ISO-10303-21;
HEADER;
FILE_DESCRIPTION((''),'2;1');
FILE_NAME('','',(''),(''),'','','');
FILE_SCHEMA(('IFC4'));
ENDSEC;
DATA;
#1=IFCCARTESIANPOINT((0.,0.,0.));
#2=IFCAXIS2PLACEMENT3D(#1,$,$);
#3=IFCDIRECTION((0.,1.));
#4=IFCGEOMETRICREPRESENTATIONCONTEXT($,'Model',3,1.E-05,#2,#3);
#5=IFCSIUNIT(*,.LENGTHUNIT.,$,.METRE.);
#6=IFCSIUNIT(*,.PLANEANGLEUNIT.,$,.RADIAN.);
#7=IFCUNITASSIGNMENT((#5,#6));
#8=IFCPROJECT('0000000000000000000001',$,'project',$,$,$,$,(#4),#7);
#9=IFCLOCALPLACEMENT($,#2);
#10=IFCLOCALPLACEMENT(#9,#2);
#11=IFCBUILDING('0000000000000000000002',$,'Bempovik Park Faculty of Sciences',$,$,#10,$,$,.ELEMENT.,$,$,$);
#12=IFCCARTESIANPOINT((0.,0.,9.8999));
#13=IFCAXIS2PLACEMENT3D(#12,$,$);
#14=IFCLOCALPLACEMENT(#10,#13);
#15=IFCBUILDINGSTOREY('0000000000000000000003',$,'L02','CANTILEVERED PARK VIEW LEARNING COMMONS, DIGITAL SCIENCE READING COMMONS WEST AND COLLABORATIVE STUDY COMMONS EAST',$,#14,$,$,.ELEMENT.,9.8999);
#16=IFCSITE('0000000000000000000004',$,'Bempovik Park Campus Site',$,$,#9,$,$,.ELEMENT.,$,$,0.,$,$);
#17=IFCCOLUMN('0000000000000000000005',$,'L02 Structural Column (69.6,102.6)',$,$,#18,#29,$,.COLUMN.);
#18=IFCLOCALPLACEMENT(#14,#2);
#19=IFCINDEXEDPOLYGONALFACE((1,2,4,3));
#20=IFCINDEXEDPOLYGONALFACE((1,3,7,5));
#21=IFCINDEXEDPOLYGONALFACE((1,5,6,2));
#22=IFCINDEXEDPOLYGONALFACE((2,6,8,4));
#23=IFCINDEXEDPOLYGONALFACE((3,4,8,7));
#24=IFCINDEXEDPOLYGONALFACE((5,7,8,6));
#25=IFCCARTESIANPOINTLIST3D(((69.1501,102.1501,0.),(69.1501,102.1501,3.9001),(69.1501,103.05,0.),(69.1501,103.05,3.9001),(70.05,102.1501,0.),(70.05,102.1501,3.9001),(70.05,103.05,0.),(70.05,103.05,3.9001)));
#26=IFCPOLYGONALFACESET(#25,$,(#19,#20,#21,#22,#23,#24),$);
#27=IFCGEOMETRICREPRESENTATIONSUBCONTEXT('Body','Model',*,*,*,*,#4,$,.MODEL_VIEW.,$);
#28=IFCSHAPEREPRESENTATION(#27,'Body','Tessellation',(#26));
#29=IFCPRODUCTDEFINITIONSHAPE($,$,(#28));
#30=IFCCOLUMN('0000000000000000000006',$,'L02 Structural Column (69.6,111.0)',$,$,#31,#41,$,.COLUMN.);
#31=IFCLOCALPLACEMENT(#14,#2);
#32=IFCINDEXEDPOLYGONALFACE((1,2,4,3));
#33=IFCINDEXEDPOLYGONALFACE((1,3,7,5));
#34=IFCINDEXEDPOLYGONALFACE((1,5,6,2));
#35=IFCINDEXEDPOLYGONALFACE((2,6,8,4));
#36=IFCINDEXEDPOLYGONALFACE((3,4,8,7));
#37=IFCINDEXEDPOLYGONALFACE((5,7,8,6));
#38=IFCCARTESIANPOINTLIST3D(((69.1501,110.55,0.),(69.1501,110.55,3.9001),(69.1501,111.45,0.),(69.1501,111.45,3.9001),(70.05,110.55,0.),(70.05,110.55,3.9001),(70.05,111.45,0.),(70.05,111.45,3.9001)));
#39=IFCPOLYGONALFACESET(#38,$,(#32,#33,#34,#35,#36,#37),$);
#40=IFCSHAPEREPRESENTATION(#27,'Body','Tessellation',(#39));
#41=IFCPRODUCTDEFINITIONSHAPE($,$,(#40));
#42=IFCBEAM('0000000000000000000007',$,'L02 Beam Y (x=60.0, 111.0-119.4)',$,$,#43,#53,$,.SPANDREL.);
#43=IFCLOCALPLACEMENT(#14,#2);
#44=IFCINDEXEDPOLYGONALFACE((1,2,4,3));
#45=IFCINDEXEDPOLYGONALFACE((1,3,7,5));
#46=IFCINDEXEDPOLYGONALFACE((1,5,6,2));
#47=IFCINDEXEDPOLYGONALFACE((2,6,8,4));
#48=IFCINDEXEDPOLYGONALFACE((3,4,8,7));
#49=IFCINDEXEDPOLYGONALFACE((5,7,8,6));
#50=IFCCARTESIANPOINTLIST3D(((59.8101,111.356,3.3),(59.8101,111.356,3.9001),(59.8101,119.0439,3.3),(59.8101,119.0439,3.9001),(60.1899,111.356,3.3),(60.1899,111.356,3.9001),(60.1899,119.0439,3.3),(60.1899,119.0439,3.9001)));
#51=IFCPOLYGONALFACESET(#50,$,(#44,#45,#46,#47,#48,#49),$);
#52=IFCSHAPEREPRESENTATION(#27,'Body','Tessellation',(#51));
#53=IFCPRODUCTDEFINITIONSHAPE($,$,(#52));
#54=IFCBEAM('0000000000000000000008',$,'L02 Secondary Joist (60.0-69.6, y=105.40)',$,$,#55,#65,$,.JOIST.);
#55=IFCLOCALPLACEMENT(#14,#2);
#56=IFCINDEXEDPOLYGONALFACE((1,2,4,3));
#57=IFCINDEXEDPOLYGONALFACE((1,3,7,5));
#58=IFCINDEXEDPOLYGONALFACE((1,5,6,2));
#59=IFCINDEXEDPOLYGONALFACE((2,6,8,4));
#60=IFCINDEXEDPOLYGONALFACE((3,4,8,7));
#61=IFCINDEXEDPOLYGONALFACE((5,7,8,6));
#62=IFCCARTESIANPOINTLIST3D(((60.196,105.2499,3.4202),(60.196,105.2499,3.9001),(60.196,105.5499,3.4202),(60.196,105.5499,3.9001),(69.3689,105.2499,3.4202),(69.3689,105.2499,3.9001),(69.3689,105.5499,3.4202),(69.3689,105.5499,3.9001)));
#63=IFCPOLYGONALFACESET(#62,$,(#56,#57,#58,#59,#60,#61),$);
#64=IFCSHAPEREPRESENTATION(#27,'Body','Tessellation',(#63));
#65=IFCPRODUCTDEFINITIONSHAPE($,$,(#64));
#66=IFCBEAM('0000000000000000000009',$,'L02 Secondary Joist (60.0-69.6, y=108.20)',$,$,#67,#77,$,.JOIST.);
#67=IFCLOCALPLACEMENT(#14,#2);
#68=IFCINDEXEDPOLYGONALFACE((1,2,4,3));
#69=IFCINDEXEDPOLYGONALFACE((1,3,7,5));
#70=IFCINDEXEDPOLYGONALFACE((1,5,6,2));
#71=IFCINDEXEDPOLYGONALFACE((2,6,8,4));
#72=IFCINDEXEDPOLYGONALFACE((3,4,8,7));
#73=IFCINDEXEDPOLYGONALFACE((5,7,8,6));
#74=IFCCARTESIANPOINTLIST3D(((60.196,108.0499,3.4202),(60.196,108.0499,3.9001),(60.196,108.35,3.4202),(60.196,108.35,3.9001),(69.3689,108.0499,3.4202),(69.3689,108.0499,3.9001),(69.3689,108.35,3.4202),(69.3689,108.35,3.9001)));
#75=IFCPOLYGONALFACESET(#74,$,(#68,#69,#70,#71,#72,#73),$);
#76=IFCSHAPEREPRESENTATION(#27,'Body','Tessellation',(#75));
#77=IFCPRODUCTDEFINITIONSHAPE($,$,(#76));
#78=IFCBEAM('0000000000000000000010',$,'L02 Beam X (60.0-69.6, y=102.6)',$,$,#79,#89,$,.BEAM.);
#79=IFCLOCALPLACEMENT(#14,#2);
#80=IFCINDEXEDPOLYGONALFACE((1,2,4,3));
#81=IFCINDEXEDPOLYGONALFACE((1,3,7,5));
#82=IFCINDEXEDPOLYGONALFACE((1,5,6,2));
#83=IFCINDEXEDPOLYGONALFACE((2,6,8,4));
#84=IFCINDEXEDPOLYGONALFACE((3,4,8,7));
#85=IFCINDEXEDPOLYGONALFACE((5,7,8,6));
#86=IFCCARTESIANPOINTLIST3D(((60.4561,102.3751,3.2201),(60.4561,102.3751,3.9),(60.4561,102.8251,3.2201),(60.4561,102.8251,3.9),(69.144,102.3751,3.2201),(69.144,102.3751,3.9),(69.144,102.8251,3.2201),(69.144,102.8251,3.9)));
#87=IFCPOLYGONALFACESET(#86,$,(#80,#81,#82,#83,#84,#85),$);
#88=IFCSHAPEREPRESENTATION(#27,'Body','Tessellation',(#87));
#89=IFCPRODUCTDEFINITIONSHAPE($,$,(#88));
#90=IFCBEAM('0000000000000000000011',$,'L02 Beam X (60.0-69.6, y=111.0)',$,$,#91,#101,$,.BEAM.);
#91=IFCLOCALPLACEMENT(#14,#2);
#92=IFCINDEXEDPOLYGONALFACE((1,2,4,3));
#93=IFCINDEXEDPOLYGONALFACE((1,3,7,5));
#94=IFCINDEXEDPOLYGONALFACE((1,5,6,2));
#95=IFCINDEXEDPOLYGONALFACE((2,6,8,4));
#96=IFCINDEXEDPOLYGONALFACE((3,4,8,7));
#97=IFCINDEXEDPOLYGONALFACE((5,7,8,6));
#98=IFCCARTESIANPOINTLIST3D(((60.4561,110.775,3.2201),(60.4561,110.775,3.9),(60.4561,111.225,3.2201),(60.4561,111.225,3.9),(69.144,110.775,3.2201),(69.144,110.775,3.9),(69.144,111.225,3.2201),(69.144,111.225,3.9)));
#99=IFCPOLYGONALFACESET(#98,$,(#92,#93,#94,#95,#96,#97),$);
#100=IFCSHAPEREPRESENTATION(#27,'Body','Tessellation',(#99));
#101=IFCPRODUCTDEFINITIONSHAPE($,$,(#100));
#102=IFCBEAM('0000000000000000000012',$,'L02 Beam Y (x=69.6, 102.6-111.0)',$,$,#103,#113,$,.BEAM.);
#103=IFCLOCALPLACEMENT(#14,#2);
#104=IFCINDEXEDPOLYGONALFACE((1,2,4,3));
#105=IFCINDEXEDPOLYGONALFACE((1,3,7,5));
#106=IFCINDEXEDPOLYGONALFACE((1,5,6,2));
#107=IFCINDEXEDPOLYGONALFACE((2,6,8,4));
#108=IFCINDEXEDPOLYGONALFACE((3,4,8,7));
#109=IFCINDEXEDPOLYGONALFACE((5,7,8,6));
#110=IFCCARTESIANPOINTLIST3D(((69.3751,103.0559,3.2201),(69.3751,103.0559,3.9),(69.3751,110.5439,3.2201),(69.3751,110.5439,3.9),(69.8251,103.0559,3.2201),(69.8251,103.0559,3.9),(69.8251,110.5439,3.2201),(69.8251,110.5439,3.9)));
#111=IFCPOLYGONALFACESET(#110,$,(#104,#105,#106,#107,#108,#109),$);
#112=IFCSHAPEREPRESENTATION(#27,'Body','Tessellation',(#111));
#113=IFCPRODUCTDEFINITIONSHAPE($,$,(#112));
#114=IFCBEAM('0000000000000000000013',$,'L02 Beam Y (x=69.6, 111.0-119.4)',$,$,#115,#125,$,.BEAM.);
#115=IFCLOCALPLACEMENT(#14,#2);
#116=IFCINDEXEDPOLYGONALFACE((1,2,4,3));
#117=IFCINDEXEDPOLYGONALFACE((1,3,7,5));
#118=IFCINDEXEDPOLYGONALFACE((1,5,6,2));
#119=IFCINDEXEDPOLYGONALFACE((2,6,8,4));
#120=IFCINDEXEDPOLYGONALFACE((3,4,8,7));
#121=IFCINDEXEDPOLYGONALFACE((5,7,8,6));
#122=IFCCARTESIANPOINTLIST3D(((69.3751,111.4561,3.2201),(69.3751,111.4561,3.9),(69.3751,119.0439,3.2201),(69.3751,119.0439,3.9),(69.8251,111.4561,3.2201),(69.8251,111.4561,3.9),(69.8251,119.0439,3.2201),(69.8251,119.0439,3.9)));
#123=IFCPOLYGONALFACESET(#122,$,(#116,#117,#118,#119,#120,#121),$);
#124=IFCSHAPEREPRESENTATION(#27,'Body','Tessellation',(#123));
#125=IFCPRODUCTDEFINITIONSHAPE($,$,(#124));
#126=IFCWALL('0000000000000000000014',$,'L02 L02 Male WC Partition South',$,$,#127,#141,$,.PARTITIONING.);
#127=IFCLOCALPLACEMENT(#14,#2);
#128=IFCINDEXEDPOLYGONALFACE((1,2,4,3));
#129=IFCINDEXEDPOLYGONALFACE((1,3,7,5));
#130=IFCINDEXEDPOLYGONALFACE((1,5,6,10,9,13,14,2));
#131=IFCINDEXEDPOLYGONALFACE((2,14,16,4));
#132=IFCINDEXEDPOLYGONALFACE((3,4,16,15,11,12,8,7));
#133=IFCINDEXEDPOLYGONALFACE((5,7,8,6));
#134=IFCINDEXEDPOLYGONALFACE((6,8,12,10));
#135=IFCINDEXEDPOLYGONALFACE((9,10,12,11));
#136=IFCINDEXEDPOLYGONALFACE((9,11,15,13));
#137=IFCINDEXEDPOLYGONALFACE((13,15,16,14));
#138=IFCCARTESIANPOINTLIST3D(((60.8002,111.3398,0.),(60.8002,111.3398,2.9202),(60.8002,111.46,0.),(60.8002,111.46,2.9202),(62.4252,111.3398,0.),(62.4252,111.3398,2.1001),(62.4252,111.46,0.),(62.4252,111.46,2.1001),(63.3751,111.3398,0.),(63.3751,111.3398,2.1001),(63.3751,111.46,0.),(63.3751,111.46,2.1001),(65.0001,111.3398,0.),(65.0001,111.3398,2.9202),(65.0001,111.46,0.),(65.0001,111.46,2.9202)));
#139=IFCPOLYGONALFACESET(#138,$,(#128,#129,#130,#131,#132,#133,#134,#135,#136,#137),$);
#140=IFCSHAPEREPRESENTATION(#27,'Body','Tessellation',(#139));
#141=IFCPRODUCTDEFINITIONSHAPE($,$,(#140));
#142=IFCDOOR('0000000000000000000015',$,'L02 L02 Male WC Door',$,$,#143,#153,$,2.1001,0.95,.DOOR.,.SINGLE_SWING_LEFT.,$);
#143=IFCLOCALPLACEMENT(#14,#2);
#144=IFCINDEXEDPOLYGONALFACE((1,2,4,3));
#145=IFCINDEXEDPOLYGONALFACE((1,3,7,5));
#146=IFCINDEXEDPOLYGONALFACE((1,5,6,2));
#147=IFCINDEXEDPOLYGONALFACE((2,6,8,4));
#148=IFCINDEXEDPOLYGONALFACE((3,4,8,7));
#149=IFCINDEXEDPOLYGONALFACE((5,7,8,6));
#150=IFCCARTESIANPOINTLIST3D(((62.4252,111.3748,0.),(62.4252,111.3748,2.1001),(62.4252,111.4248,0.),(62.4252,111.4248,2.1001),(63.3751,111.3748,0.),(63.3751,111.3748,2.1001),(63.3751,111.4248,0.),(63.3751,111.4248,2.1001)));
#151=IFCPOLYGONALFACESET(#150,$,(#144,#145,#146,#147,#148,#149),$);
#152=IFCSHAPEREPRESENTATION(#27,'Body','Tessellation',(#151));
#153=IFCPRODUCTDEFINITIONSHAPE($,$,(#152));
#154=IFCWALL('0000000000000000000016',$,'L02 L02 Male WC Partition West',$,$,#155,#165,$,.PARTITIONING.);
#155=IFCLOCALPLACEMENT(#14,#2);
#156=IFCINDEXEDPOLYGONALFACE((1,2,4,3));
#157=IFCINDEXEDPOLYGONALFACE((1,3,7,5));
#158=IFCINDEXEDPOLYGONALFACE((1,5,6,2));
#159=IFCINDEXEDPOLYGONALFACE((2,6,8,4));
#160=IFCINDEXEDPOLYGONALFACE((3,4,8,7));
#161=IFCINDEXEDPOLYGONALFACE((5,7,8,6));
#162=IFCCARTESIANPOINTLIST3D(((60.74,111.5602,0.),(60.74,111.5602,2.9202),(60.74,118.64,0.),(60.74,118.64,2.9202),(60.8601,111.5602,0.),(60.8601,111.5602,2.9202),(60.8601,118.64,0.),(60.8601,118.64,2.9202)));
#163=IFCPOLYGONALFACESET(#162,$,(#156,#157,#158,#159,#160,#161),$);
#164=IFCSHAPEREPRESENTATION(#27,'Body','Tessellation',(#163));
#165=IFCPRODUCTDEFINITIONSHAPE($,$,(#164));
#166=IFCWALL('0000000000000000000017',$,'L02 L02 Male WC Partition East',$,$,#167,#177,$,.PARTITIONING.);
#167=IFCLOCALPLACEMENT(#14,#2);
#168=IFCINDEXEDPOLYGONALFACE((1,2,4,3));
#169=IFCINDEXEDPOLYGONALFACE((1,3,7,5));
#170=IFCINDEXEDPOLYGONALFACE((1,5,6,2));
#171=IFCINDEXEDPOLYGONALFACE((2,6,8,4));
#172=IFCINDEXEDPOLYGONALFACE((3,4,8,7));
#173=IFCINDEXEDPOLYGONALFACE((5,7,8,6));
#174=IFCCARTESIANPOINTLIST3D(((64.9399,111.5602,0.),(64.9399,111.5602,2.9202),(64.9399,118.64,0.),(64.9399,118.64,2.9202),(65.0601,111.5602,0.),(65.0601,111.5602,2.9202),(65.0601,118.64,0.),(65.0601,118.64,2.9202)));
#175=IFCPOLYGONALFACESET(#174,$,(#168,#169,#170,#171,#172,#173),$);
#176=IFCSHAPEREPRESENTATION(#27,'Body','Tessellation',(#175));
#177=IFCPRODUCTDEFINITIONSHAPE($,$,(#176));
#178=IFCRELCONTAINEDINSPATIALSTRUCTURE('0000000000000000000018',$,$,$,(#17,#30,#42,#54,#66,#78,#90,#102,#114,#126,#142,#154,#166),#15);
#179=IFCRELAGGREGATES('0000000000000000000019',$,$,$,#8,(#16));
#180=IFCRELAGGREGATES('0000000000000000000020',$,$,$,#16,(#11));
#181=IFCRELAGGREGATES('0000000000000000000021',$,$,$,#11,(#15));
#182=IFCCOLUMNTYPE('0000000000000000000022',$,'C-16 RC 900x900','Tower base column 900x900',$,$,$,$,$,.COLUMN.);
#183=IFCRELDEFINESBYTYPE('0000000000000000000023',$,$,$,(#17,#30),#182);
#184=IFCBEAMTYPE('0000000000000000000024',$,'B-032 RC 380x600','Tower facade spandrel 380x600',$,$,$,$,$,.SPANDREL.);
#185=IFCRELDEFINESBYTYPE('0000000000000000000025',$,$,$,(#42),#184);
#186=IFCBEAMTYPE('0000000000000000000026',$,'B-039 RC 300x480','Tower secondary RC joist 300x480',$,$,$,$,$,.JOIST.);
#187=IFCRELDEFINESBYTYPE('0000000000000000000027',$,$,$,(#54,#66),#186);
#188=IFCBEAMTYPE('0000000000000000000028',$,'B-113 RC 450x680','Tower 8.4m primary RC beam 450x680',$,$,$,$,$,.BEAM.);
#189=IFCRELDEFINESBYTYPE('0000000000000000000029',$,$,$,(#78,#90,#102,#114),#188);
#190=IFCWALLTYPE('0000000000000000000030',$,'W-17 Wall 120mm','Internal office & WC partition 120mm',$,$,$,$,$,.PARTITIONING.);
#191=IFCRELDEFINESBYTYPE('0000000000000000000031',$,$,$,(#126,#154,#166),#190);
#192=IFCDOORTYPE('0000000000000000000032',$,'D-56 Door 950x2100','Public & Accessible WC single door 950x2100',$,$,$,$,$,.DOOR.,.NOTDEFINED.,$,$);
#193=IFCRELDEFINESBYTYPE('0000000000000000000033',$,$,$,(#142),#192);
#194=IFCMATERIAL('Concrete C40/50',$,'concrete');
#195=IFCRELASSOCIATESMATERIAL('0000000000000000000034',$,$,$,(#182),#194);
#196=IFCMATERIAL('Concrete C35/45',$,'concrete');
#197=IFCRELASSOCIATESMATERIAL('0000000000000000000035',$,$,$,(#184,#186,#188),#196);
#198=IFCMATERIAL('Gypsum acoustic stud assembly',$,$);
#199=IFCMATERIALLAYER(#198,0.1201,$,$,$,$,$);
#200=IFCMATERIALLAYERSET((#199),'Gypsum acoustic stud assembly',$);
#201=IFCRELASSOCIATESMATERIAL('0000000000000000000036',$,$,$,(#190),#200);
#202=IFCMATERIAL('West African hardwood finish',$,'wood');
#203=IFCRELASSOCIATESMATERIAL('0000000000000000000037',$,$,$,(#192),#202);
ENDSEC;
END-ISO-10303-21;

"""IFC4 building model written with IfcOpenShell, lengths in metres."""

from ifc_helpers import new_model, si_unit, direction, frame, frame_2d, origin, origin_2d, place, context, subcontext, project, spatial, rectangle, extrude, material, layer, layer_set, material_profile, profile_set, type_object, element, fill, save


model = new_model("IFC4")

# Units and contexts
model_context = context("Model", 3, precision=1e-05, world=origin(), true_north=direction((0.0, 1.0)))
body_context = subcontext(model_context, "Body", "Model", "MODEL_VIEW")
ifc_project = project(units=[si_unit("LENGTHUNIT", "METRE"), si_unit("PLANEANGLEUNIT", "RADIAN")], contexts=[model_context])

# Site, building, storey
site_placement = place(None, origin())
site = spatial("IfcSite", under=ifc_project, at=site_placement, Name="Bempovik Park Campus Site", CompositionType="ELEMENT", RefElevation=0.0)
building_placement = place(site_placement, origin())
building = spatial("IfcBuilding", under=site, at=building_placement, Name="Bempovik Park Faculty of Sciences", CompositionType="ELEMENT")
storey_placement = place(building_placement, frame((0.0, 0.0, 9.8999)))
storey = spatial("IfcBuildingStorey", under=building, at=storey_placement, Name="L02", Description="CANTILEVERED PARK VIEW LEARNING COMMONS, DIGITAL SCIENCE READING COMMONS WEST AND COLLABORATIVE STUDY COMMONS EAST", CompositionType="ELEMENT", Elevation=9.8999)

# Columns
ifc_material_1 = material(Name="Concrete C40/50", Category="concrete")
ifc_material_profile_1 = material_profile(ifc_material_1, rectangle(XDim=0.8999, YDim=0.8999, at=origin_2d()), Name="RC 900x900")
ifc_profile_set_1 = profile_set([ifc_material_profile_1], Name="Concrete C40/50")
column_type = type_object("IfcColumnType", Name="C-16 RC 900x900", Description="Tower base column 900x900", PredefinedType="COLUMN", material=ifc_profile_set_1)
for number, where, z_axis, x_axis, name in (
    (1, (69.6001, 102.6001, 0.0), (0.0, 0.0, 1.0), (1.0, 0.0, 0.0), "L02 Structural Column (69.6,102.6)"),
    (2, (69.6001, 111.0, 0.0), (0.0, 0.0, 1.0), (1.0, 0.0, 0.0), "L02 Structural Column (69.6,111.0)"),
):
    element("IfcColumn", number, at=place(storey_placement, frame(where, z_axis=z_axis, x_axis=x_axis)), inside=storey, type_object=column_type, Name=name, PredefinedType="COLUMN", context=body_context, shape_type="SweptSolid", body=[
        extrude(rectangle(XDim=0.8999, YDim=0.8999, at=origin_2d()), origin(), (0.0, 0.0, 1.0), 3.9001),
    ])

# Beams
ifc_material_2 = material(Name="Concrete C35/45", Category="concrete")
ifc_material_profile_2 = material_profile(ifc_material_2, rectangle(XDim=0.3799, YDim=0.6001, at=origin_2d()), Name="RC 380x600")
ifc_profile_set_2 = profile_set([ifc_material_profile_2], Name="Concrete C35/45")
beam_type_1 = type_object("IfcBeamType", Name="B-032 RC 380x600", Description="Tower facade spandrel 380x600", PredefinedType="SPANDREL", material=ifc_profile_set_2)
beam_1_placement = place(storey_placement, frame((60.0, 111.356, 3.6001), z_axis=(0.0, 1.0, 0.0), x_axis=(-1.0, 0.0, 0.0)))
element("IfcBeam", 3, at=beam_1_placement, inside=storey, type_object=beam_type_1, Name="L02 Beam Y (x=60.0, 111.0-119.4)", PredefinedType="SPANDREL", context=body_context, shape_type="SweptSolid", body=[
    extrude(rectangle(XDim=0.3799, YDim=0.6001, at=origin_2d()), origin(), (0.0, 0.0, 1.0), 7.688),
])
ifc_material_profile_3 = material_profile(ifc_material_2, rectangle(XDim=0.3, YDim=0.48, at=origin_2d()), Name="RC 300x480")
ifc_profile_set_3 = profile_set([ifc_material_profile_3], Name="Concrete C35/45")
beam_type_2 = type_object("IfcBeamType", Name="B-039 RC 300x480", Description="Tower secondary RC joist 300x480", PredefinedType="JOIST", material=ifc_profile_set_3)
for number, where, z_axis, x_axis, name in (
    (4, (60.196, 105.3999, 3.6602), (1.0, 0.0, 0.0), (0.0, 1.0, 0.0), "L02 Secondary Joist (60.0-69.6, y=105.40)"),
    (5, (60.196, 108.2, 3.6602), (1.0, 0.0, 0.0), (0.0, 1.0, 0.0), "L02 Secondary Joist (60.0-69.6, y=108.20)"),
):
    element("IfcBeam", number, at=place(storey_placement, frame(where, z_axis=z_axis, x_axis=x_axis)), inside=storey, type_object=beam_type_2, Name=name, PredefinedType="JOIST", context=body_context, shape_type="SweptSolid", body=[
        extrude(rectangle(XDim=0.3, YDim=0.48, at=origin_2d()), origin(), (0.0, 0.0, 1.0), 9.1729),
    ])
ifc_material_profile_4 = material_profile(ifc_material_2, rectangle(XDim=0.45, YDim=0.6799, at=origin_2d()), Name="RC 450x680")
ifc_profile_set_4 = profile_set([ifc_material_profile_4], Name="Concrete C35/45")
beam_type_3 = type_object("IfcBeamType", Name="B-113 RC 450x680", Description="Tower 8.4m primary RC beam 450x680", PredefinedType="BEAM", material=ifc_profile_set_4)
for number, where, z_axis, x_axis, name in (
    (6, (60.4561, 102.6001, 3.5601), (1.0, 0.0, 0.0), (0.0, 1.0, 0.0), "L02 Beam X (60.0-69.6, y=102.6)"),
    (7, (60.4561, 111.0, 3.5601), (1.0, 0.0, 0.0), (0.0, 1.0, 0.0), "L02 Beam X (60.0-69.6, y=111.0)"),
):
    element("IfcBeam", number, at=place(storey_placement, frame(where, z_axis=z_axis, x_axis=x_axis)), inside=storey, type_object=beam_type_3, Name=name, PredefinedType="BEAM", context=body_context, shape_type="SweptSolid", body=[
        extrude(rectangle(XDim=0.45, YDim=0.6799, at=origin_2d()), origin(), (0.0, 0.0, 1.0), 8.688),
    ])
beam_2_placement = place(storey_placement, frame((69.6001, 103.0559, 3.5601), z_axis=(0.0, 1.0, 0.0), x_axis=(-1.0, 0.0, 0.0)))
element("IfcBeam", 8, at=beam_2_placement, inside=storey, type_object=beam_type_3, Name="L02 Beam Y (x=69.6, 102.6-111.0)", PredefinedType="BEAM", context=body_context, shape_type="SweptSolid", body=[
    extrude(rectangle(XDim=0.45, YDim=0.6799, at=origin_2d()), origin(), (0.0, 0.0, 1.0), 7.488),
])
beam_3_placement = place(storey_placement, frame((69.6001, 111.4561, 3.5601), z_axis=(0.0, 1.0, 0.0), x_axis=(-1.0, 0.0, 0.0)))
element("IfcBeam", 9, at=beam_3_placement, inside=storey, type_object=beam_type_3, Name="L02 Beam Y (x=69.6, 111.0-119.4)", PredefinedType="BEAM", context=body_context, shape_type="SweptSolid", body=[
    extrude(rectangle(XDim=0.45, YDim=0.6799, at=origin_2d()), origin(), (0.0, 0.0, 1.0), 7.5879),
])

# Wall, opening, door
ifc_material_3 = material(Name="Gypsum acoustic stud assembly")
ifc_layer_1 = layer(ifc_material_3, 0.1201)
ifc_layer_set_1 = layer_set([ifc_layer_1], Name="Gypsum acoustic stud assembly")
wall_type_1 = type_object("IfcWallType", Name="W-17 Wall 120mm", Description="Internal office & WC partition 120mm", PredefinedType="PARTITIONING", material=ifc_layer_set_1)
wall_1_placement = place(storey_placement, frame((60.8, 111.3999, 0.0), z_axis=(0.0, 0.0, 1.0), x_axis=(1.0, 0.0, 0.0)))
wall_1 = element("IfcWall", 10, at=wall_1_placement, inside=storey, type_object=wall_type_1, Name="L02 L02 Male WC Partition South", PredefinedType="PARTITIONING", context=body_context, shape_type="SweptSolid", body=[
    extrude(rectangle(XDim=4.2, YDim=0.1201, at=frame_2d((2.1001, 0.0))), origin(), (0.0, 0.0, 1.0), 2.9202),
])
opening_1_placement = place(wall_1_placement, frame((1.625, 0.0, 0.0)))
opening_1 = element("IfcOpeningElement", 11, at=opening_1_placement, cuts=wall_1, PredefinedType="OPENING", context=body_context, shape_type="SweptSolid", body=[
    extrude(rectangle(XDim=0.95, YDim=2.1001, at=frame_2d((0.4751, 1.05))), frame((0.0, 0.0701, 0.0), z_axis=(0.0, -1.0, 0.0), x_axis=(1.0, 0.0, 0.0)), (0.0, 0.0, 1.0), 0.1401),
])
ifc_material_4 = material(Name="West African hardwood finish", Category="wood")
door_type_1 = type_object("IfcDoorType", Name="D-56 Door 950x2100", Description="Public & Accessible WC single door 950x2100", OperationType="NOTDEFINED", PredefinedType="DOOR", material=ifc_material_4)
door_1_placement = place(opening_1_placement, origin())
door_1 = element("IfcDoor", 12, at=door_1_placement, inside=storey, type_object=door_type_1, Name="L02 L02 Male WC Door", OperationType="SINGLE_SWING_LEFT", OverallHeight=2.1001, OverallWidth=0.95, PredefinedType="DOOR", context=body_context, shape_type="SweptSolid", body=[
    extrude(rectangle(XDim=0.95, YDim=2.1001, at=frame_2d((0.4751, 1.05))), frame((0.0, 0.0249, 0.0), z_axis=(0.0, -1.0, 0.0), x_axis=(1.0, 0.0, 0.0)), (0.0, 0.0, 1.0), 0.05),
])
fill(opening_1, door_1)

# Walls
for number, where, z_axis, x_axis, name in (
    (13, (60.8, 111.5601, 0.0), (0.0, 0.0, 1.0), (0.0, 1.0, 0.0), "L02 L02 Male WC Partition West"),
    (14, (65.0, 111.5601, 0.0), (0.0, 0.0, 1.0), (0.0, 1.0, 0.0), "L02 L02 Male WC Partition East"),
):
    element("IfcWall", number, at=place(storey_placement, frame(where, z_axis=z_axis, x_axis=x_axis)), inside=storey, type_object=wall_type_1, Name=name, PredefinedType="PARTITIONING", context=body_context, shape_type="SweptSolid", body=[
        extrude(rectangle(XDim=7.0798, YDim=0.1201, at=frame_2d((3.54, 0.0))), origin(), (0.0, 0.0, 1.0), 2.9202),
    ])

save(model, "model.ifc")
